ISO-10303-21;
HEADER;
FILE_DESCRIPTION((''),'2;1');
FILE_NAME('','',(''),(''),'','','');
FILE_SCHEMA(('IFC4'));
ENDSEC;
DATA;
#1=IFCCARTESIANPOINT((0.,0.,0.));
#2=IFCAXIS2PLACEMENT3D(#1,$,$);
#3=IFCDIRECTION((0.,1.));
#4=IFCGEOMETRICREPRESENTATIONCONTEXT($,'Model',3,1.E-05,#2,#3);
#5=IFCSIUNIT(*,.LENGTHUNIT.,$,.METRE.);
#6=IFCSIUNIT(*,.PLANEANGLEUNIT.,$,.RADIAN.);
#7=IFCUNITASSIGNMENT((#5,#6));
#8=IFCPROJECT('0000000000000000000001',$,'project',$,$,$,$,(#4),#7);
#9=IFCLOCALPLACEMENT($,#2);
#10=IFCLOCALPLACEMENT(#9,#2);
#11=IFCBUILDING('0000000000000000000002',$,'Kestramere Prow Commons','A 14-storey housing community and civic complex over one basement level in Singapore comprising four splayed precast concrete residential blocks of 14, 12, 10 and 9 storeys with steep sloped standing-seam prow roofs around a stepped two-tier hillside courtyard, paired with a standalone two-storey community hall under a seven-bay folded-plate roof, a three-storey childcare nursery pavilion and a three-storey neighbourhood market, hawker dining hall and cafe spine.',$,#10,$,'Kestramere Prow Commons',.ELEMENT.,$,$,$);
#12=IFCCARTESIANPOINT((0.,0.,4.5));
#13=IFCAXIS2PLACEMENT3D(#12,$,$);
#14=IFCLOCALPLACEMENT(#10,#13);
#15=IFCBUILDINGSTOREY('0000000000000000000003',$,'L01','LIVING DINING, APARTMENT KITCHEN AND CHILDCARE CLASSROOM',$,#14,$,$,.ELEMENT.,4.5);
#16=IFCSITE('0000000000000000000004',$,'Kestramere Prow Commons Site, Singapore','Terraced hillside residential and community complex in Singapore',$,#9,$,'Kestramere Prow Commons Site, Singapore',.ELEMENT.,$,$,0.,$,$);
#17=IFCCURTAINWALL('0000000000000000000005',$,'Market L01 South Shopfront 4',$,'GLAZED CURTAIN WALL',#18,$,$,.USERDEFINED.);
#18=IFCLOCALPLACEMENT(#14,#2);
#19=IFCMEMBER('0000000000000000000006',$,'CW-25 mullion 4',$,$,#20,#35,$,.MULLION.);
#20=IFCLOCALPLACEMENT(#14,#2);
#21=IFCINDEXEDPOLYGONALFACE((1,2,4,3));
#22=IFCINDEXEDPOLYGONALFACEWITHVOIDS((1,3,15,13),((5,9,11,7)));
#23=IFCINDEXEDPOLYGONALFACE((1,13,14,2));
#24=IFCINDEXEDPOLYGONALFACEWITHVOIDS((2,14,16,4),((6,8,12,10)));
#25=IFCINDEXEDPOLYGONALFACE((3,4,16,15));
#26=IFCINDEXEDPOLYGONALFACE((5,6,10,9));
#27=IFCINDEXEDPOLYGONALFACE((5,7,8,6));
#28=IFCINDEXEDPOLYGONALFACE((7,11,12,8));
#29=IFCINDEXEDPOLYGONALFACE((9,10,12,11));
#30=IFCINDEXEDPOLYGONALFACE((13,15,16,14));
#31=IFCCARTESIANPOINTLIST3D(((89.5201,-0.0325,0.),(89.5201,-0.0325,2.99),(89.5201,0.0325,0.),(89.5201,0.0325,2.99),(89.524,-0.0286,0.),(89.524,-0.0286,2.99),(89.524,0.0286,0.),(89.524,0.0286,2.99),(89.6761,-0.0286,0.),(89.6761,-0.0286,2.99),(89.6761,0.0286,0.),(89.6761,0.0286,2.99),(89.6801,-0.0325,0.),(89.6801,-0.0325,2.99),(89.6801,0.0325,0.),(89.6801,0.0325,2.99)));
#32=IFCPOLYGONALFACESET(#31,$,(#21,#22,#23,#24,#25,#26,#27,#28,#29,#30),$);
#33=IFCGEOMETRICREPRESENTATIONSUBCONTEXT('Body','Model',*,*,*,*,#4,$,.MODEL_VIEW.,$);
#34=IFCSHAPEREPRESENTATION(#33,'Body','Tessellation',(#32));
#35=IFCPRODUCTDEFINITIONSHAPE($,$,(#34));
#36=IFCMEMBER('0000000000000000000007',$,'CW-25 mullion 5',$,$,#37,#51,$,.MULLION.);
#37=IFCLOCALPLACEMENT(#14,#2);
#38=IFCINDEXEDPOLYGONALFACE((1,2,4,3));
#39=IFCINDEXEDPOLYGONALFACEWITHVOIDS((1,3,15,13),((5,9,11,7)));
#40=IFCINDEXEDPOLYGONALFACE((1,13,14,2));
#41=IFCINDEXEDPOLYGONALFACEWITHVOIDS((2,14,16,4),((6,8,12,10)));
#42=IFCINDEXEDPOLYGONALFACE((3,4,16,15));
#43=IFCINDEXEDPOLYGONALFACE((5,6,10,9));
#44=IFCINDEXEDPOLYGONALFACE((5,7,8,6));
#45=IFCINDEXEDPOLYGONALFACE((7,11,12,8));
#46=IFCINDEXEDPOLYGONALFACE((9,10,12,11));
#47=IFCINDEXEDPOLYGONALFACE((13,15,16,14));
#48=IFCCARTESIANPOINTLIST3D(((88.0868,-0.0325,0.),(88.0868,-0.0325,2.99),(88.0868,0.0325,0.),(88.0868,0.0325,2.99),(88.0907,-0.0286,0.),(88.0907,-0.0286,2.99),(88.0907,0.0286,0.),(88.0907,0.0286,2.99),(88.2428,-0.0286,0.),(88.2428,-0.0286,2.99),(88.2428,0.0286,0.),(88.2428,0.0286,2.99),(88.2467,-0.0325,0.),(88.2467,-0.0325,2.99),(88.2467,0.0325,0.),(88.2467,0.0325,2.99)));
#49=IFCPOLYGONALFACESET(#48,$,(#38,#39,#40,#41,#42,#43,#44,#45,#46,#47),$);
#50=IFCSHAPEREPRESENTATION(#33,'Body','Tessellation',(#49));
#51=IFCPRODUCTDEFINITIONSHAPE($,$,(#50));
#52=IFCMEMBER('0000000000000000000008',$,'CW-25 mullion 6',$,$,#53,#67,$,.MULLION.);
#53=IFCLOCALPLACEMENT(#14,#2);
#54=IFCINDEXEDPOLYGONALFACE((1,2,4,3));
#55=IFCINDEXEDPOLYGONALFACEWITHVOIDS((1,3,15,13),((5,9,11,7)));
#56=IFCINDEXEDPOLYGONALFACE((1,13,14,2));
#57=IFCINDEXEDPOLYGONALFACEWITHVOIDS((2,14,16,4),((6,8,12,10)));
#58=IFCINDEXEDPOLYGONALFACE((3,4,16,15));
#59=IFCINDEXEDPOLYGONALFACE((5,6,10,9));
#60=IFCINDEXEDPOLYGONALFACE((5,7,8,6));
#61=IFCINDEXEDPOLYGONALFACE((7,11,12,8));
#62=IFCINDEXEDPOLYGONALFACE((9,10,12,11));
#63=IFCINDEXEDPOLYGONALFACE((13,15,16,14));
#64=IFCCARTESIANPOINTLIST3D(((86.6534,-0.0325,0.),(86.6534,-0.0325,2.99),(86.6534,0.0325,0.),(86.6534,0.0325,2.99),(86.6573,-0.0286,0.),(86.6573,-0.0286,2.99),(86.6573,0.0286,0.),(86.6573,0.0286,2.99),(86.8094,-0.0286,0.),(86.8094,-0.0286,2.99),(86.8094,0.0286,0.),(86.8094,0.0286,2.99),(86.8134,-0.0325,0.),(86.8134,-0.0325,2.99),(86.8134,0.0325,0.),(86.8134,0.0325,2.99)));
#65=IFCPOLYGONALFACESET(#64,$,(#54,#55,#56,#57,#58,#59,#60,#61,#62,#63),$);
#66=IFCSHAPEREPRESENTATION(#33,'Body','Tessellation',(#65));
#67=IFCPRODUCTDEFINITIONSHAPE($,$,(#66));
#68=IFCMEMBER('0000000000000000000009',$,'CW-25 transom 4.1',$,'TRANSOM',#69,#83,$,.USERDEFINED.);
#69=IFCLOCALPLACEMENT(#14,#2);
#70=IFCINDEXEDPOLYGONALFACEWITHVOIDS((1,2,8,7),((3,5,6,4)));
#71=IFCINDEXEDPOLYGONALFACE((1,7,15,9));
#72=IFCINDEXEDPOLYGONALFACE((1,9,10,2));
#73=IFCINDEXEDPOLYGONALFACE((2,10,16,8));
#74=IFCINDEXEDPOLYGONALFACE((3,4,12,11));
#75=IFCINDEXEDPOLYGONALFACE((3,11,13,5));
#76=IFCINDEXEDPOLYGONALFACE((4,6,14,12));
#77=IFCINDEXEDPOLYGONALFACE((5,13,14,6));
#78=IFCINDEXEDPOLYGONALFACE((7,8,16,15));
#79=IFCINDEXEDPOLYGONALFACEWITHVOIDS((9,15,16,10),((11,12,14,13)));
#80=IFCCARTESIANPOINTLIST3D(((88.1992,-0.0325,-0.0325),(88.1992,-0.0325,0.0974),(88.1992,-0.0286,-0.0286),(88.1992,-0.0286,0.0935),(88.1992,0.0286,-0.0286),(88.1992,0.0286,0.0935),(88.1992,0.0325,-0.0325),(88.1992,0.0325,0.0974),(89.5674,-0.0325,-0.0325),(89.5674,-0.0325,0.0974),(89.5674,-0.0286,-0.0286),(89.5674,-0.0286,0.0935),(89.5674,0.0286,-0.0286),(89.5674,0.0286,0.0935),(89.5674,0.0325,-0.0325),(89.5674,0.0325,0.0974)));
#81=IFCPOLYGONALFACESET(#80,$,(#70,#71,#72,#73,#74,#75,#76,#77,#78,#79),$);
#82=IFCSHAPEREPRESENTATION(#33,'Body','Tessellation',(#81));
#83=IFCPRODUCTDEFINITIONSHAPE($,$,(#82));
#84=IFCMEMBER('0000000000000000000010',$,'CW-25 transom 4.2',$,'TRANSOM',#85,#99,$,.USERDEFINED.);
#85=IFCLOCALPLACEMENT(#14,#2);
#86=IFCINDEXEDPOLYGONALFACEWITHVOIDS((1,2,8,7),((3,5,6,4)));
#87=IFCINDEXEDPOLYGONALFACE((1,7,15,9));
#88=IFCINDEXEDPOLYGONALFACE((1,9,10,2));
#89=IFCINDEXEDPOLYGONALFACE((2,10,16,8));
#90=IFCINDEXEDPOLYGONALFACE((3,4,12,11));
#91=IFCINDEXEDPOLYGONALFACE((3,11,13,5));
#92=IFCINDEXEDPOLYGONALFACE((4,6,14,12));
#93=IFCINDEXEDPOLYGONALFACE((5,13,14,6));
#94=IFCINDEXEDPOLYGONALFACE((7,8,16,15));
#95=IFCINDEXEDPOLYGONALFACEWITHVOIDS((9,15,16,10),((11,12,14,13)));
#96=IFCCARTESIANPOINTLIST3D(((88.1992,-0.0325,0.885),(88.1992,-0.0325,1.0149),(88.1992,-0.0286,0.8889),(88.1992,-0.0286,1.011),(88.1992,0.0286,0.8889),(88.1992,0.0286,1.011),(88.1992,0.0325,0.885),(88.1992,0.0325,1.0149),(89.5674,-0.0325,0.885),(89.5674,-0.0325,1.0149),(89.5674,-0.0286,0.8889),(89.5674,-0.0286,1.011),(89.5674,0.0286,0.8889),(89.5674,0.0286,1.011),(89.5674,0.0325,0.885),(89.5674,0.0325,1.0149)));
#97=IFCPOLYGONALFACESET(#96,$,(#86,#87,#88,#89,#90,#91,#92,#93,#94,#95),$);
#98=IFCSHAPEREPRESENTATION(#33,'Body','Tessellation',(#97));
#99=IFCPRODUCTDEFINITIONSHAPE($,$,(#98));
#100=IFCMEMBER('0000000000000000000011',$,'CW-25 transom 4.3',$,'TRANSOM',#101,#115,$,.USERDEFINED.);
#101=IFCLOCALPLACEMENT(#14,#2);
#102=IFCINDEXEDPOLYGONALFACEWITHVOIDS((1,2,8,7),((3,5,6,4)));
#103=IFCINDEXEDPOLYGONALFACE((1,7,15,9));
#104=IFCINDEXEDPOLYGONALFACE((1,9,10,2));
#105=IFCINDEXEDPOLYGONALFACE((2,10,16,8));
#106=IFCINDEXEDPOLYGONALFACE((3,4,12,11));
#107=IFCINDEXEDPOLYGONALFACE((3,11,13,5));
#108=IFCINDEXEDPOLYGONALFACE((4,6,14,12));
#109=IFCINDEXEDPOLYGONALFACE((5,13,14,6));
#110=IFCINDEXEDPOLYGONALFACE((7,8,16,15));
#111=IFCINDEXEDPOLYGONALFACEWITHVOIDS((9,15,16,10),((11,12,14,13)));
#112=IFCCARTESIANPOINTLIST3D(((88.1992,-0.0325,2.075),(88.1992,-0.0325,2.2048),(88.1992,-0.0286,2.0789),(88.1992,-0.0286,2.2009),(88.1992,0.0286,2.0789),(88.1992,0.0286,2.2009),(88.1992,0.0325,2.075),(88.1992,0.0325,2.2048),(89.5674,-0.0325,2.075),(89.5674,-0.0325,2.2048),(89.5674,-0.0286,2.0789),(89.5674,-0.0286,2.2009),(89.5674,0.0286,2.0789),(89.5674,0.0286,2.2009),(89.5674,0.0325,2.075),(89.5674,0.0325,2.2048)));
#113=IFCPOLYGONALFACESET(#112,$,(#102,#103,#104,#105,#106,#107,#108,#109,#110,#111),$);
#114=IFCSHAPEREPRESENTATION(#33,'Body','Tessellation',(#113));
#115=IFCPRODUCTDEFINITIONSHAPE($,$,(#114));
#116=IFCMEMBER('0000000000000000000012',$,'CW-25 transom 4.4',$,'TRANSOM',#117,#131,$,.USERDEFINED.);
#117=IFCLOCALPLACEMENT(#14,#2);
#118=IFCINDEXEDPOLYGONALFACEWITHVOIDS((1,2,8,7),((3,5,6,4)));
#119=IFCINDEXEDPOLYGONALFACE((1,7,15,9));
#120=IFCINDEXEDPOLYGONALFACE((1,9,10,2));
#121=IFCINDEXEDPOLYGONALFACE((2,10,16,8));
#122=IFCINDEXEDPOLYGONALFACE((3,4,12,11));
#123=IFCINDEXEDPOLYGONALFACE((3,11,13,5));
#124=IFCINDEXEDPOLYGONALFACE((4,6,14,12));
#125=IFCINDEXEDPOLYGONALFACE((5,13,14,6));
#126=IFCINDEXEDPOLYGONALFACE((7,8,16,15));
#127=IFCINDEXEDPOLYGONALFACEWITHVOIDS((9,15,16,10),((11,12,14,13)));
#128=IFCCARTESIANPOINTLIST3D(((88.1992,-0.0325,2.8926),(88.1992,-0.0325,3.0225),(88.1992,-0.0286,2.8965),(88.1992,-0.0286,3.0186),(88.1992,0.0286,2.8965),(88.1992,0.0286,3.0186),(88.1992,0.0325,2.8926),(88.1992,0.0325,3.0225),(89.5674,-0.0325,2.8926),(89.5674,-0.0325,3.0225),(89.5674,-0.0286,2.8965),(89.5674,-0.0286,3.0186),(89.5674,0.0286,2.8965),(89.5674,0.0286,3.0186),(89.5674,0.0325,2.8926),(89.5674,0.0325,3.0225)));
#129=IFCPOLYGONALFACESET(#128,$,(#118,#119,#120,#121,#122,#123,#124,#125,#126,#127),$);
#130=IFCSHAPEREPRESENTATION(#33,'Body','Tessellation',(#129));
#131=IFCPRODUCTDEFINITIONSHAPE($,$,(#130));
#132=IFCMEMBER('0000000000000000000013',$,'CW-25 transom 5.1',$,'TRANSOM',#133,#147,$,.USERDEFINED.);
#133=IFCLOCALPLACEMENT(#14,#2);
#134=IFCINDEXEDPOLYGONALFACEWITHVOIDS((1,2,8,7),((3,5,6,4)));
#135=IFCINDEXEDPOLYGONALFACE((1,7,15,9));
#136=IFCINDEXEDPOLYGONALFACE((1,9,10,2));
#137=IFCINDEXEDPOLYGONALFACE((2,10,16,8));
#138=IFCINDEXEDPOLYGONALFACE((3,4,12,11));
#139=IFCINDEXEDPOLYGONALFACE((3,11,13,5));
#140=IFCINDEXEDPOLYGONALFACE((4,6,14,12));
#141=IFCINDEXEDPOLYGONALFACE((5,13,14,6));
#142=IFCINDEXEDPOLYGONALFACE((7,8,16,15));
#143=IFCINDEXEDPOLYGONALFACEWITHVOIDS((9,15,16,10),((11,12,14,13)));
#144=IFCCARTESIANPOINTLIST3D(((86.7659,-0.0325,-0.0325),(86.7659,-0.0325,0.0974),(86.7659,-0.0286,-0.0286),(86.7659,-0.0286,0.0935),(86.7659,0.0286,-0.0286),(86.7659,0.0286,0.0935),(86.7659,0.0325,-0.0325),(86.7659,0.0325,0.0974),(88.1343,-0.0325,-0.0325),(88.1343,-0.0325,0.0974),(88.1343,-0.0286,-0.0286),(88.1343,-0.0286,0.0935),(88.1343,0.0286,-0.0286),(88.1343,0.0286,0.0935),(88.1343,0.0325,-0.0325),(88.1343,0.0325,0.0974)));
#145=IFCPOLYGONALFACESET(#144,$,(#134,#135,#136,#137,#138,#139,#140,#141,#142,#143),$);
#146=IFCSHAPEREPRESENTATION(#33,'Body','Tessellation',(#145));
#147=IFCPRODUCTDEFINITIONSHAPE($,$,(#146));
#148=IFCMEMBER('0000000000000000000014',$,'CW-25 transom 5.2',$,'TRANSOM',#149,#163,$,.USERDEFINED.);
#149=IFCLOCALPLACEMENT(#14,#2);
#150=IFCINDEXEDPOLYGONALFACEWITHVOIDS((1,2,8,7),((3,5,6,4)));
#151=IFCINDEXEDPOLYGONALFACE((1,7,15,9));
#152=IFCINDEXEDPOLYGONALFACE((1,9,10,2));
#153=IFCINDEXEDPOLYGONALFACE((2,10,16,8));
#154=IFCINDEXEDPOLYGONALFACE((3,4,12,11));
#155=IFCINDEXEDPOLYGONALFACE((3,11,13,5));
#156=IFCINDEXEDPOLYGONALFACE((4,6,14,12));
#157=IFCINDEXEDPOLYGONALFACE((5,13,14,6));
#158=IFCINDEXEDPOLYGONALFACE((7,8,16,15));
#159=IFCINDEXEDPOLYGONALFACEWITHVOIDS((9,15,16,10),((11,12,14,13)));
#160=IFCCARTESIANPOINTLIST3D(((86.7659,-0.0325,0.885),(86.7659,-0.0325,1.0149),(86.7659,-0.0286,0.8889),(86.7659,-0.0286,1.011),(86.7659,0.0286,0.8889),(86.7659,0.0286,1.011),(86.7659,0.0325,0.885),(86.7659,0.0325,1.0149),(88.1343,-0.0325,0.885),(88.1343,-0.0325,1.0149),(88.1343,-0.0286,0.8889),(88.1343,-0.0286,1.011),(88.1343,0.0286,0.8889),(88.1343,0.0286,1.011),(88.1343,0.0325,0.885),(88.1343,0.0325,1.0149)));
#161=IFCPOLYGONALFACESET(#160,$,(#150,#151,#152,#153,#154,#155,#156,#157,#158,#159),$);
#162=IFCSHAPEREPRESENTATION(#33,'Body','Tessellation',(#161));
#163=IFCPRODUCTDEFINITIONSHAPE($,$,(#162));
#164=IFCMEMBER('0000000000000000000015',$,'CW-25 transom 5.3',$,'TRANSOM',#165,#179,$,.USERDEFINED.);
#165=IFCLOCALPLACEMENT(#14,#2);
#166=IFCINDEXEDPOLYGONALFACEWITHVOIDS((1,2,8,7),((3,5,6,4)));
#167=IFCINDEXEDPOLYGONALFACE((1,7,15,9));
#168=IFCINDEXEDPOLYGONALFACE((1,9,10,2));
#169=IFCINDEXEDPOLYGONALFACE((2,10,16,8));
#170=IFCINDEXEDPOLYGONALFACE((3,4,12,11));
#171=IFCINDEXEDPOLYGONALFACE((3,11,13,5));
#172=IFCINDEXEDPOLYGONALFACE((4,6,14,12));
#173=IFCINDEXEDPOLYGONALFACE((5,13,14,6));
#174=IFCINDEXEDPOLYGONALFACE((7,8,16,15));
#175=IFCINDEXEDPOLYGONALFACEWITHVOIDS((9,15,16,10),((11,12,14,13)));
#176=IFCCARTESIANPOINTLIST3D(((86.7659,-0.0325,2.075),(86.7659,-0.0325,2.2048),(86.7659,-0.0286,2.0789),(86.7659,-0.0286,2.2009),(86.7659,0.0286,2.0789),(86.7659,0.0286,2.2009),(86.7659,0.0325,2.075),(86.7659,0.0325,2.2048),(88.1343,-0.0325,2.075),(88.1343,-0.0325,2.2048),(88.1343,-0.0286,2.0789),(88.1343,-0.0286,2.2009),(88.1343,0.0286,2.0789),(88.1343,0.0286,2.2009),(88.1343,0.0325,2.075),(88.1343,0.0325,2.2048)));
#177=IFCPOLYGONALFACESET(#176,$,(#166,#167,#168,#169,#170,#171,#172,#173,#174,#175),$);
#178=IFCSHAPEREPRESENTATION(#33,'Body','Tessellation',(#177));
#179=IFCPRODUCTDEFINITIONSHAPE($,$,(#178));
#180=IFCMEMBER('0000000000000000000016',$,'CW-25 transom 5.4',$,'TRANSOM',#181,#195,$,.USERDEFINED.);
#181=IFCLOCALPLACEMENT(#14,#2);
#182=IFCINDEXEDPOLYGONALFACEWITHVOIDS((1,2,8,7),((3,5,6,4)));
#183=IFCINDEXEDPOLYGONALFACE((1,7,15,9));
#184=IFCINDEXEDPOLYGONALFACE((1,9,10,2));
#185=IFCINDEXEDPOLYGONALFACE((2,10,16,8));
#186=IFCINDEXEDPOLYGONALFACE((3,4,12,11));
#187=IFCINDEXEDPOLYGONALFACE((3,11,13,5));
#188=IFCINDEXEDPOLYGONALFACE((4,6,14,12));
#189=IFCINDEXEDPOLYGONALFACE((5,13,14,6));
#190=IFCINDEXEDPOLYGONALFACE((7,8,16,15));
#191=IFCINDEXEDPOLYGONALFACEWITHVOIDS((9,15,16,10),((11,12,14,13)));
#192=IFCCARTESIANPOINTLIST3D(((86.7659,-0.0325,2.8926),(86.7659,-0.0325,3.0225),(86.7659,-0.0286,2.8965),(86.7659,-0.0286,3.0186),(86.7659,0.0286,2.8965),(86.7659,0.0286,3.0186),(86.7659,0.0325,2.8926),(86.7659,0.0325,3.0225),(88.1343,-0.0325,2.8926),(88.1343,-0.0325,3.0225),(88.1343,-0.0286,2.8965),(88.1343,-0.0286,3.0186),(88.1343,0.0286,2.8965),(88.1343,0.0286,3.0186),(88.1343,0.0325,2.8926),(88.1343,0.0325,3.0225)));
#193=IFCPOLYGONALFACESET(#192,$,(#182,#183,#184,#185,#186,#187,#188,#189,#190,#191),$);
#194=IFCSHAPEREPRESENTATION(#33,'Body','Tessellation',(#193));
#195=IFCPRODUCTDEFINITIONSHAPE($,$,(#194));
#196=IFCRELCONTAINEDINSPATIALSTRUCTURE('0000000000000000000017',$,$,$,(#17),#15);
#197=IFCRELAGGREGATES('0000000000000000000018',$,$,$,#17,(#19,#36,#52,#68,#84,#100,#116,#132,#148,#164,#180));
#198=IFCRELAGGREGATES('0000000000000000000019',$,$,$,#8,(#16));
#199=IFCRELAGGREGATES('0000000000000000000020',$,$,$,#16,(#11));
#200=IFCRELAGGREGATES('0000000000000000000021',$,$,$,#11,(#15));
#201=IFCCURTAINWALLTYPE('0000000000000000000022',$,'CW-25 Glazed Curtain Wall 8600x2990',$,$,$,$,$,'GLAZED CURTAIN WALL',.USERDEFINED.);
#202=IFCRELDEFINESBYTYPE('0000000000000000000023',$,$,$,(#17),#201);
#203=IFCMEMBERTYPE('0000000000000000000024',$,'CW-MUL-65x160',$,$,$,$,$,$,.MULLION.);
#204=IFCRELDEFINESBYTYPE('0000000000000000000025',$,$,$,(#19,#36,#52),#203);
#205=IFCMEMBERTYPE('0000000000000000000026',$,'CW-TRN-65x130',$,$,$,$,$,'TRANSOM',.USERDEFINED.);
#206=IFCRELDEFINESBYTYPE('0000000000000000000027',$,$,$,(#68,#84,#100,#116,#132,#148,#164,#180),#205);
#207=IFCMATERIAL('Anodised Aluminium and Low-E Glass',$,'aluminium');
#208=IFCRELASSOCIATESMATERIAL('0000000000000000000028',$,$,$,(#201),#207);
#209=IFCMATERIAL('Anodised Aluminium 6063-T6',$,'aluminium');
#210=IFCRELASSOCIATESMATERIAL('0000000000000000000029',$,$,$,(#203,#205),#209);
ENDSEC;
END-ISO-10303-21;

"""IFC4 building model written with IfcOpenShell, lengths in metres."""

from ifc_helpers import new_model, si_unit, direction, frame, origin, origin_2d, place, context, subcontext, project, spatial, hollow_rectangle, extrude, material, material_profile, profile_set, type_object, element, aggregate, save


model = new_model("IFC4")

# Units and contexts
model_context = context("Model", 3, precision=1e-05, world=origin(), true_north=direction((0.0, 1.0)))
body_context = subcontext(model_context, "Body", "Model", "MODEL_VIEW")
ifc_project = project(units=[si_unit("LENGTHUNIT", "METRE"), si_unit("PLANEANGLEUNIT", "RADIAN")], contexts=[model_context])

# Site, building, storey
site_placement = place(None, origin())
site = spatial("IfcSite", under=ifc_project, at=site_placement, Name="Kestramere Prow Commons Site, Singapore", Description="Terraced hillside residential and community complex in Singapore", LongName="Kestramere Prow Commons Site, Singapore", CompositionType="ELEMENT", RefElevation=0.0)
building_placement = place(site_placement, origin())
building = spatial("IfcBuilding", under=site, at=building_placement, Name="Kestramere Prow Commons", Description="A 14-storey housing community and civic complex over one basement level in Singapore comprising four splayed precast concrete residential blocks of 14, 12, 10 and 9 storeys with steep sloped standing-seam prow roofs around a stepped two-tier hillside courtyard, paired with a standalone two-storey community hall under a seven-bay folded-plate roof, a three-storey childcare nursery pavilion and a three-storey neighbourhood market, hawker dining hall and cafe spine.", LongName="Kestramere Prow Commons", CompositionType="ELEMENT")
storey_placement = place(building_placement, frame((0.0, 0.0, 4.5)))
storey = spatial("IfcBuildingStorey", under=building, at=storey_placement, Name="L01", Description="LIVING DINING, APARTMENT KITCHEN AND CHILDCARE CLASSROOM", CompositionType="ELEMENT", Elevation=4.5)

# Curtain wall, members
ifc_material_1 = material(Name="Anodised Aluminium and Low-E Glass", Category="aluminium")
curtain_wall_type = type_object("IfcCurtainWallType", Name="CW-25 Glazed Curtain Wall 8600x2990", ElementType="GLAZED CURTAIN WALL", PredefinedType="USERDEFINED", material=ifc_material_1)
curtain_wall_placement = place(storey_placement, origin())
curtain_wall = element("IfcCurtainWall", 1, at=curtain_wall_placement, inside=storey, type_object=curtain_wall_type, Name="Market L01 South Shopfront 4", ObjectType="GLAZED CURTAIN WALL", PredefinedType="USERDEFINED")
ifc_material_2 = material(Name="Anodised Aluminium 6063-T6", Category="aluminium")
ifc_material_profile_1 = material_profile(ifc_material_2, hollow_rectangle(XDim=0.0649, YDim=0.1599, WallThickness=0.0039, at=origin_2d()), Name="ALU-MUL 65x160")
ifc_profile_set_1 = profile_set([ifc_material_profile_1], Name="Anodised Aluminium 6063-T6")
member_type_1 = type_object("IfcMemberType", Name="CW-MUL-65x160", PredefinedType="MULLION", material=ifc_profile_set_1)
member_1_placement = place(storey_placement, frame((89.6001, 0.0, 0.0), z_axis=(0.0, 0.0, 1.0), x_axis=(0.0, -1.0, 0.0)))
member_1 = element("IfcMember", 2, at=member_1_placement, type_object=member_type_1, Name="CW-25 mullion 4", PredefinedType="MULLION", context=body_context, shape_type="SweptSolid", body=[
    extrude(hollow_rectangle(XDim=0.0649, YDim=0.1599, WallThickness=0.0039, at=origin_2d()), origin(), (0.0, 0.0, 1.0), 2.99),
])
member_2_placement = place(storey_placement, frame((88.1667, 0.0, 0.0), z_axis=(0.0, 0.0, 1.0), x_axis=(0.0, -1.0, 0.0)))
member_2 = element("IfcMember", 3, at=member_2_placement, type_object=member_type_1, Name="CW-25 mullion 5", PredefinedType="MULLION", context=body_context, shape_type="SweptSolid", body=[
    extrude(hollow_rectangle(XDim=0.0649, YDim=0.1599, WallThickness=0.0039, at=origin_2d()), origin(), (0.0, 0.0, 1.0), 2.99),
])
member_3_placement = place(storey_placement, frame((86.7334, 0.0, 0.0), z_axis=(0.0, 0.0, 1.0), x_axis=(0.0, -1.0, 0.0)))
member_3 = element("IfcMember", 4, at=member_3_placement, type_object=member_type_1, Name="CW-25 mullion 6", PredefinedType="MULLION", context=body_context, shape_type="SweptSolid", body=[
    extrude(hollow_rectangle(XDim=0.0649, YDim=0.1599, WallThickness=0.0039, at=origin_2d()), origin(), (0.0, 0.0, 1.0), 2.99),
])
ifc_material_profile_2 = material_profile(ifc_material_2, hollow_rectangle(XDim=0.0649, YDim=0.1299, WallThickness=0.0039, at=origin_2d()), Name="ALU-TRN 65x130")
ifc_profile_set_2 = profile_set([ifc_material_profile_2], Name="Anodised Aluminium 6063-T6")
member_type_2 = type_object("IfcMemberType", Name="CW-TRN-65x130", ElementType="TRANSOM", PredefinedType="USERDEFINED", material=ifc_profile_set_2)
member_4_placement = place(storey_placement, frame((89.5674, 0.0, 0.0325), z_axis=(-1.0, 0.0, 0.0), x_axis=(0.0, -1.0, 0.0)))
member_4 = element("IfcMember", 5, at=member_4_placement, type_object=member_type_2, Name="CW-25 transom 4.1", ObjectType="TRANSOM", PredefinedType="USERDEFINED", context=body_context, shape_type="SweptSolid", body=[
    extrude(hollow_rectangle(XDim=0.0649, YDim=0.1299, WallThickness=0.0039, at=origin_2d()), origin(), (0.0, 0.0, 1.0), 1.3682),
])
member_5_placement = place(storey_placement, frame((89.5674, 0.0, 0.95), z_axis=(-1.0, 0.0, 0.0), x_axis=(0.0, -1.0, 0.0)))
member_5 = element("IfcMember", 6, at=member_5_placement, type_object=member_type_2, Name="CW-25 transom 4.2", ObjectType="TRANSOM", PredefinedType="USERDEFINED", context=body_context, shape_type="SweptSolid", body=[
    extrude(hollow_rectangle(XDim=0.0649, YDim=0.1299, WallThickness=0.0039, at=origin_2d()), origin(), (0.0, 0.0, 1.0), 1.3682),
])
member_6_placement = place(storey_placement, frame((89.5674, 0.0, 2.1399), z_axis=(-1.0, 0.0, 0.0), x_axis=(0.0, -1.0, 0.0)))
member_6 = element("IfcMember", 7, at=member_6_placement, type_object=member_type_2, Name="CW-25 transom 4.3", ObjectType="TRANSOM", PredefinedType="USERDEFINED", context=body_context, shape_type="SweptSolid", body=[
    extrude(hollow_rectangle(XDim=0.0649, YDim=0.1299, WallThickness=0.0039, at=origin_2d()), origin(), (0.0, 0.0, 1.0), 1.3682),
])
member_7_placement = place(storey_placement, frame((89.5674, 0.0, 2.9575), z_axis=(-1.0, 0.0, 0.0), x_axis=(0.0, -1.0, 0.0)))
member_7 = element("IfcMember", 8, at=member_7_placement, type_object=member_type_2, Name="CW-25 transom 4.4", ObjectType="TRANSOM", PredefinedType="USERDEFINED", context=body_context, shape_type="SweptSolid", body=[
    extrude(hollow_rectangle(XDim=0.0649, YDim=0.1299, WallThickness=0.0039, at=origin_2d()), origin(), (0.0, 0.0, 1.0), 1.3682),
])
member_8_placement = place(storey_placement, frame((88.1343, 0.0, 0.0325), z_axis=(-1.0, 0.0, 0.0), x_axis=(0.0, -1.0, 0.0)))
member_8 = element("IfcMember", 9, at=member_8_placement, type_object=member_type_2, Name="CW-25 transom 5.1", ObjectType="TRANSOM", PredefinedType="USERDEFINED", context=body_context, shape_type="SweptSolid", body=[
    extrude(hollow_rectangle(XDim=0.0649, YDim=0.1299, WallThickness=0.0039, at=origin_2d()), origin(), (0.0, 0.0, 1.0), 1.3684),
])
member_9_placement = place(storey_placement, frame((88.1343, 0.0, 0.95), z_axis=(-1.0, 0.0, 0.0), x_axis=(0.0, -1.0, 0.0)))
member_9 = element("IfcMember", 10, at=member_9_placement, type_object=member_type_2, Name="CW-25 transom 5.2", ObjectType="TRANSOM", PredefinedType="USERDEFINED", context=body_context, shape_type="SweptSolid", body=[
    extrude(hollow_rectangle(XDim=0.0649, YDim=0.1299, WallThickness=0.0039, at=origin_2d()), origin(), (0.0, 0.0, 1.0), 1.3684),
])
member_10_placement = place(storey_placement, frame((88.1343, 0.0, 2.1399), z_axis=(-1.0, 0.0, 0.0), x_axis=(0.0, -1.0, 0.0)))
member_10 = element("IfcMember", 11, at=member_10_placement, type_object=member_type_2, Name="CW-25 transom 5.3", ObjectType="TRANSOM", PredefinedType="USERDEFINED", context=body_context, shape_type="SweptSolid", body=[
    extrude(hollow_rectangle(XDim=0.0649, YDim=0.1299, WallThickness=0.0039, at=origin_2d()), origin(), (0.0, 0.0, 1.0), 1.3684),
])
member_11_placement = place(storey_placement, frame((88.1343, 0.0, 2.9575), z_axis=(-1.0, 0.0, 0.0), x_axis=(0.0, -1.0, 0.0)))
member_11 = element("IfcMember", 12, at=member_11_placement, type_object=member_type_2, Name="CW-25 transom 5.4", ObjectType="TRANSOM", PredefinedType="USERDEFINED", context=body_context, shape_type="SweptSolid", body=[
    extrude(hollow_rectangle(XDim=0.0649, YDim=0.1299, WallThickness=0.0039, at=origin_2d()), origin(), (0.0, 0.0, 1.0), 1.3684),
])
aggregate(curtain_wall, [member_1, member_2, member_3, member_4, member_5, member_6, member_7, member_8, member_9, member_10, member_11])

save(model, "model.ifc")
